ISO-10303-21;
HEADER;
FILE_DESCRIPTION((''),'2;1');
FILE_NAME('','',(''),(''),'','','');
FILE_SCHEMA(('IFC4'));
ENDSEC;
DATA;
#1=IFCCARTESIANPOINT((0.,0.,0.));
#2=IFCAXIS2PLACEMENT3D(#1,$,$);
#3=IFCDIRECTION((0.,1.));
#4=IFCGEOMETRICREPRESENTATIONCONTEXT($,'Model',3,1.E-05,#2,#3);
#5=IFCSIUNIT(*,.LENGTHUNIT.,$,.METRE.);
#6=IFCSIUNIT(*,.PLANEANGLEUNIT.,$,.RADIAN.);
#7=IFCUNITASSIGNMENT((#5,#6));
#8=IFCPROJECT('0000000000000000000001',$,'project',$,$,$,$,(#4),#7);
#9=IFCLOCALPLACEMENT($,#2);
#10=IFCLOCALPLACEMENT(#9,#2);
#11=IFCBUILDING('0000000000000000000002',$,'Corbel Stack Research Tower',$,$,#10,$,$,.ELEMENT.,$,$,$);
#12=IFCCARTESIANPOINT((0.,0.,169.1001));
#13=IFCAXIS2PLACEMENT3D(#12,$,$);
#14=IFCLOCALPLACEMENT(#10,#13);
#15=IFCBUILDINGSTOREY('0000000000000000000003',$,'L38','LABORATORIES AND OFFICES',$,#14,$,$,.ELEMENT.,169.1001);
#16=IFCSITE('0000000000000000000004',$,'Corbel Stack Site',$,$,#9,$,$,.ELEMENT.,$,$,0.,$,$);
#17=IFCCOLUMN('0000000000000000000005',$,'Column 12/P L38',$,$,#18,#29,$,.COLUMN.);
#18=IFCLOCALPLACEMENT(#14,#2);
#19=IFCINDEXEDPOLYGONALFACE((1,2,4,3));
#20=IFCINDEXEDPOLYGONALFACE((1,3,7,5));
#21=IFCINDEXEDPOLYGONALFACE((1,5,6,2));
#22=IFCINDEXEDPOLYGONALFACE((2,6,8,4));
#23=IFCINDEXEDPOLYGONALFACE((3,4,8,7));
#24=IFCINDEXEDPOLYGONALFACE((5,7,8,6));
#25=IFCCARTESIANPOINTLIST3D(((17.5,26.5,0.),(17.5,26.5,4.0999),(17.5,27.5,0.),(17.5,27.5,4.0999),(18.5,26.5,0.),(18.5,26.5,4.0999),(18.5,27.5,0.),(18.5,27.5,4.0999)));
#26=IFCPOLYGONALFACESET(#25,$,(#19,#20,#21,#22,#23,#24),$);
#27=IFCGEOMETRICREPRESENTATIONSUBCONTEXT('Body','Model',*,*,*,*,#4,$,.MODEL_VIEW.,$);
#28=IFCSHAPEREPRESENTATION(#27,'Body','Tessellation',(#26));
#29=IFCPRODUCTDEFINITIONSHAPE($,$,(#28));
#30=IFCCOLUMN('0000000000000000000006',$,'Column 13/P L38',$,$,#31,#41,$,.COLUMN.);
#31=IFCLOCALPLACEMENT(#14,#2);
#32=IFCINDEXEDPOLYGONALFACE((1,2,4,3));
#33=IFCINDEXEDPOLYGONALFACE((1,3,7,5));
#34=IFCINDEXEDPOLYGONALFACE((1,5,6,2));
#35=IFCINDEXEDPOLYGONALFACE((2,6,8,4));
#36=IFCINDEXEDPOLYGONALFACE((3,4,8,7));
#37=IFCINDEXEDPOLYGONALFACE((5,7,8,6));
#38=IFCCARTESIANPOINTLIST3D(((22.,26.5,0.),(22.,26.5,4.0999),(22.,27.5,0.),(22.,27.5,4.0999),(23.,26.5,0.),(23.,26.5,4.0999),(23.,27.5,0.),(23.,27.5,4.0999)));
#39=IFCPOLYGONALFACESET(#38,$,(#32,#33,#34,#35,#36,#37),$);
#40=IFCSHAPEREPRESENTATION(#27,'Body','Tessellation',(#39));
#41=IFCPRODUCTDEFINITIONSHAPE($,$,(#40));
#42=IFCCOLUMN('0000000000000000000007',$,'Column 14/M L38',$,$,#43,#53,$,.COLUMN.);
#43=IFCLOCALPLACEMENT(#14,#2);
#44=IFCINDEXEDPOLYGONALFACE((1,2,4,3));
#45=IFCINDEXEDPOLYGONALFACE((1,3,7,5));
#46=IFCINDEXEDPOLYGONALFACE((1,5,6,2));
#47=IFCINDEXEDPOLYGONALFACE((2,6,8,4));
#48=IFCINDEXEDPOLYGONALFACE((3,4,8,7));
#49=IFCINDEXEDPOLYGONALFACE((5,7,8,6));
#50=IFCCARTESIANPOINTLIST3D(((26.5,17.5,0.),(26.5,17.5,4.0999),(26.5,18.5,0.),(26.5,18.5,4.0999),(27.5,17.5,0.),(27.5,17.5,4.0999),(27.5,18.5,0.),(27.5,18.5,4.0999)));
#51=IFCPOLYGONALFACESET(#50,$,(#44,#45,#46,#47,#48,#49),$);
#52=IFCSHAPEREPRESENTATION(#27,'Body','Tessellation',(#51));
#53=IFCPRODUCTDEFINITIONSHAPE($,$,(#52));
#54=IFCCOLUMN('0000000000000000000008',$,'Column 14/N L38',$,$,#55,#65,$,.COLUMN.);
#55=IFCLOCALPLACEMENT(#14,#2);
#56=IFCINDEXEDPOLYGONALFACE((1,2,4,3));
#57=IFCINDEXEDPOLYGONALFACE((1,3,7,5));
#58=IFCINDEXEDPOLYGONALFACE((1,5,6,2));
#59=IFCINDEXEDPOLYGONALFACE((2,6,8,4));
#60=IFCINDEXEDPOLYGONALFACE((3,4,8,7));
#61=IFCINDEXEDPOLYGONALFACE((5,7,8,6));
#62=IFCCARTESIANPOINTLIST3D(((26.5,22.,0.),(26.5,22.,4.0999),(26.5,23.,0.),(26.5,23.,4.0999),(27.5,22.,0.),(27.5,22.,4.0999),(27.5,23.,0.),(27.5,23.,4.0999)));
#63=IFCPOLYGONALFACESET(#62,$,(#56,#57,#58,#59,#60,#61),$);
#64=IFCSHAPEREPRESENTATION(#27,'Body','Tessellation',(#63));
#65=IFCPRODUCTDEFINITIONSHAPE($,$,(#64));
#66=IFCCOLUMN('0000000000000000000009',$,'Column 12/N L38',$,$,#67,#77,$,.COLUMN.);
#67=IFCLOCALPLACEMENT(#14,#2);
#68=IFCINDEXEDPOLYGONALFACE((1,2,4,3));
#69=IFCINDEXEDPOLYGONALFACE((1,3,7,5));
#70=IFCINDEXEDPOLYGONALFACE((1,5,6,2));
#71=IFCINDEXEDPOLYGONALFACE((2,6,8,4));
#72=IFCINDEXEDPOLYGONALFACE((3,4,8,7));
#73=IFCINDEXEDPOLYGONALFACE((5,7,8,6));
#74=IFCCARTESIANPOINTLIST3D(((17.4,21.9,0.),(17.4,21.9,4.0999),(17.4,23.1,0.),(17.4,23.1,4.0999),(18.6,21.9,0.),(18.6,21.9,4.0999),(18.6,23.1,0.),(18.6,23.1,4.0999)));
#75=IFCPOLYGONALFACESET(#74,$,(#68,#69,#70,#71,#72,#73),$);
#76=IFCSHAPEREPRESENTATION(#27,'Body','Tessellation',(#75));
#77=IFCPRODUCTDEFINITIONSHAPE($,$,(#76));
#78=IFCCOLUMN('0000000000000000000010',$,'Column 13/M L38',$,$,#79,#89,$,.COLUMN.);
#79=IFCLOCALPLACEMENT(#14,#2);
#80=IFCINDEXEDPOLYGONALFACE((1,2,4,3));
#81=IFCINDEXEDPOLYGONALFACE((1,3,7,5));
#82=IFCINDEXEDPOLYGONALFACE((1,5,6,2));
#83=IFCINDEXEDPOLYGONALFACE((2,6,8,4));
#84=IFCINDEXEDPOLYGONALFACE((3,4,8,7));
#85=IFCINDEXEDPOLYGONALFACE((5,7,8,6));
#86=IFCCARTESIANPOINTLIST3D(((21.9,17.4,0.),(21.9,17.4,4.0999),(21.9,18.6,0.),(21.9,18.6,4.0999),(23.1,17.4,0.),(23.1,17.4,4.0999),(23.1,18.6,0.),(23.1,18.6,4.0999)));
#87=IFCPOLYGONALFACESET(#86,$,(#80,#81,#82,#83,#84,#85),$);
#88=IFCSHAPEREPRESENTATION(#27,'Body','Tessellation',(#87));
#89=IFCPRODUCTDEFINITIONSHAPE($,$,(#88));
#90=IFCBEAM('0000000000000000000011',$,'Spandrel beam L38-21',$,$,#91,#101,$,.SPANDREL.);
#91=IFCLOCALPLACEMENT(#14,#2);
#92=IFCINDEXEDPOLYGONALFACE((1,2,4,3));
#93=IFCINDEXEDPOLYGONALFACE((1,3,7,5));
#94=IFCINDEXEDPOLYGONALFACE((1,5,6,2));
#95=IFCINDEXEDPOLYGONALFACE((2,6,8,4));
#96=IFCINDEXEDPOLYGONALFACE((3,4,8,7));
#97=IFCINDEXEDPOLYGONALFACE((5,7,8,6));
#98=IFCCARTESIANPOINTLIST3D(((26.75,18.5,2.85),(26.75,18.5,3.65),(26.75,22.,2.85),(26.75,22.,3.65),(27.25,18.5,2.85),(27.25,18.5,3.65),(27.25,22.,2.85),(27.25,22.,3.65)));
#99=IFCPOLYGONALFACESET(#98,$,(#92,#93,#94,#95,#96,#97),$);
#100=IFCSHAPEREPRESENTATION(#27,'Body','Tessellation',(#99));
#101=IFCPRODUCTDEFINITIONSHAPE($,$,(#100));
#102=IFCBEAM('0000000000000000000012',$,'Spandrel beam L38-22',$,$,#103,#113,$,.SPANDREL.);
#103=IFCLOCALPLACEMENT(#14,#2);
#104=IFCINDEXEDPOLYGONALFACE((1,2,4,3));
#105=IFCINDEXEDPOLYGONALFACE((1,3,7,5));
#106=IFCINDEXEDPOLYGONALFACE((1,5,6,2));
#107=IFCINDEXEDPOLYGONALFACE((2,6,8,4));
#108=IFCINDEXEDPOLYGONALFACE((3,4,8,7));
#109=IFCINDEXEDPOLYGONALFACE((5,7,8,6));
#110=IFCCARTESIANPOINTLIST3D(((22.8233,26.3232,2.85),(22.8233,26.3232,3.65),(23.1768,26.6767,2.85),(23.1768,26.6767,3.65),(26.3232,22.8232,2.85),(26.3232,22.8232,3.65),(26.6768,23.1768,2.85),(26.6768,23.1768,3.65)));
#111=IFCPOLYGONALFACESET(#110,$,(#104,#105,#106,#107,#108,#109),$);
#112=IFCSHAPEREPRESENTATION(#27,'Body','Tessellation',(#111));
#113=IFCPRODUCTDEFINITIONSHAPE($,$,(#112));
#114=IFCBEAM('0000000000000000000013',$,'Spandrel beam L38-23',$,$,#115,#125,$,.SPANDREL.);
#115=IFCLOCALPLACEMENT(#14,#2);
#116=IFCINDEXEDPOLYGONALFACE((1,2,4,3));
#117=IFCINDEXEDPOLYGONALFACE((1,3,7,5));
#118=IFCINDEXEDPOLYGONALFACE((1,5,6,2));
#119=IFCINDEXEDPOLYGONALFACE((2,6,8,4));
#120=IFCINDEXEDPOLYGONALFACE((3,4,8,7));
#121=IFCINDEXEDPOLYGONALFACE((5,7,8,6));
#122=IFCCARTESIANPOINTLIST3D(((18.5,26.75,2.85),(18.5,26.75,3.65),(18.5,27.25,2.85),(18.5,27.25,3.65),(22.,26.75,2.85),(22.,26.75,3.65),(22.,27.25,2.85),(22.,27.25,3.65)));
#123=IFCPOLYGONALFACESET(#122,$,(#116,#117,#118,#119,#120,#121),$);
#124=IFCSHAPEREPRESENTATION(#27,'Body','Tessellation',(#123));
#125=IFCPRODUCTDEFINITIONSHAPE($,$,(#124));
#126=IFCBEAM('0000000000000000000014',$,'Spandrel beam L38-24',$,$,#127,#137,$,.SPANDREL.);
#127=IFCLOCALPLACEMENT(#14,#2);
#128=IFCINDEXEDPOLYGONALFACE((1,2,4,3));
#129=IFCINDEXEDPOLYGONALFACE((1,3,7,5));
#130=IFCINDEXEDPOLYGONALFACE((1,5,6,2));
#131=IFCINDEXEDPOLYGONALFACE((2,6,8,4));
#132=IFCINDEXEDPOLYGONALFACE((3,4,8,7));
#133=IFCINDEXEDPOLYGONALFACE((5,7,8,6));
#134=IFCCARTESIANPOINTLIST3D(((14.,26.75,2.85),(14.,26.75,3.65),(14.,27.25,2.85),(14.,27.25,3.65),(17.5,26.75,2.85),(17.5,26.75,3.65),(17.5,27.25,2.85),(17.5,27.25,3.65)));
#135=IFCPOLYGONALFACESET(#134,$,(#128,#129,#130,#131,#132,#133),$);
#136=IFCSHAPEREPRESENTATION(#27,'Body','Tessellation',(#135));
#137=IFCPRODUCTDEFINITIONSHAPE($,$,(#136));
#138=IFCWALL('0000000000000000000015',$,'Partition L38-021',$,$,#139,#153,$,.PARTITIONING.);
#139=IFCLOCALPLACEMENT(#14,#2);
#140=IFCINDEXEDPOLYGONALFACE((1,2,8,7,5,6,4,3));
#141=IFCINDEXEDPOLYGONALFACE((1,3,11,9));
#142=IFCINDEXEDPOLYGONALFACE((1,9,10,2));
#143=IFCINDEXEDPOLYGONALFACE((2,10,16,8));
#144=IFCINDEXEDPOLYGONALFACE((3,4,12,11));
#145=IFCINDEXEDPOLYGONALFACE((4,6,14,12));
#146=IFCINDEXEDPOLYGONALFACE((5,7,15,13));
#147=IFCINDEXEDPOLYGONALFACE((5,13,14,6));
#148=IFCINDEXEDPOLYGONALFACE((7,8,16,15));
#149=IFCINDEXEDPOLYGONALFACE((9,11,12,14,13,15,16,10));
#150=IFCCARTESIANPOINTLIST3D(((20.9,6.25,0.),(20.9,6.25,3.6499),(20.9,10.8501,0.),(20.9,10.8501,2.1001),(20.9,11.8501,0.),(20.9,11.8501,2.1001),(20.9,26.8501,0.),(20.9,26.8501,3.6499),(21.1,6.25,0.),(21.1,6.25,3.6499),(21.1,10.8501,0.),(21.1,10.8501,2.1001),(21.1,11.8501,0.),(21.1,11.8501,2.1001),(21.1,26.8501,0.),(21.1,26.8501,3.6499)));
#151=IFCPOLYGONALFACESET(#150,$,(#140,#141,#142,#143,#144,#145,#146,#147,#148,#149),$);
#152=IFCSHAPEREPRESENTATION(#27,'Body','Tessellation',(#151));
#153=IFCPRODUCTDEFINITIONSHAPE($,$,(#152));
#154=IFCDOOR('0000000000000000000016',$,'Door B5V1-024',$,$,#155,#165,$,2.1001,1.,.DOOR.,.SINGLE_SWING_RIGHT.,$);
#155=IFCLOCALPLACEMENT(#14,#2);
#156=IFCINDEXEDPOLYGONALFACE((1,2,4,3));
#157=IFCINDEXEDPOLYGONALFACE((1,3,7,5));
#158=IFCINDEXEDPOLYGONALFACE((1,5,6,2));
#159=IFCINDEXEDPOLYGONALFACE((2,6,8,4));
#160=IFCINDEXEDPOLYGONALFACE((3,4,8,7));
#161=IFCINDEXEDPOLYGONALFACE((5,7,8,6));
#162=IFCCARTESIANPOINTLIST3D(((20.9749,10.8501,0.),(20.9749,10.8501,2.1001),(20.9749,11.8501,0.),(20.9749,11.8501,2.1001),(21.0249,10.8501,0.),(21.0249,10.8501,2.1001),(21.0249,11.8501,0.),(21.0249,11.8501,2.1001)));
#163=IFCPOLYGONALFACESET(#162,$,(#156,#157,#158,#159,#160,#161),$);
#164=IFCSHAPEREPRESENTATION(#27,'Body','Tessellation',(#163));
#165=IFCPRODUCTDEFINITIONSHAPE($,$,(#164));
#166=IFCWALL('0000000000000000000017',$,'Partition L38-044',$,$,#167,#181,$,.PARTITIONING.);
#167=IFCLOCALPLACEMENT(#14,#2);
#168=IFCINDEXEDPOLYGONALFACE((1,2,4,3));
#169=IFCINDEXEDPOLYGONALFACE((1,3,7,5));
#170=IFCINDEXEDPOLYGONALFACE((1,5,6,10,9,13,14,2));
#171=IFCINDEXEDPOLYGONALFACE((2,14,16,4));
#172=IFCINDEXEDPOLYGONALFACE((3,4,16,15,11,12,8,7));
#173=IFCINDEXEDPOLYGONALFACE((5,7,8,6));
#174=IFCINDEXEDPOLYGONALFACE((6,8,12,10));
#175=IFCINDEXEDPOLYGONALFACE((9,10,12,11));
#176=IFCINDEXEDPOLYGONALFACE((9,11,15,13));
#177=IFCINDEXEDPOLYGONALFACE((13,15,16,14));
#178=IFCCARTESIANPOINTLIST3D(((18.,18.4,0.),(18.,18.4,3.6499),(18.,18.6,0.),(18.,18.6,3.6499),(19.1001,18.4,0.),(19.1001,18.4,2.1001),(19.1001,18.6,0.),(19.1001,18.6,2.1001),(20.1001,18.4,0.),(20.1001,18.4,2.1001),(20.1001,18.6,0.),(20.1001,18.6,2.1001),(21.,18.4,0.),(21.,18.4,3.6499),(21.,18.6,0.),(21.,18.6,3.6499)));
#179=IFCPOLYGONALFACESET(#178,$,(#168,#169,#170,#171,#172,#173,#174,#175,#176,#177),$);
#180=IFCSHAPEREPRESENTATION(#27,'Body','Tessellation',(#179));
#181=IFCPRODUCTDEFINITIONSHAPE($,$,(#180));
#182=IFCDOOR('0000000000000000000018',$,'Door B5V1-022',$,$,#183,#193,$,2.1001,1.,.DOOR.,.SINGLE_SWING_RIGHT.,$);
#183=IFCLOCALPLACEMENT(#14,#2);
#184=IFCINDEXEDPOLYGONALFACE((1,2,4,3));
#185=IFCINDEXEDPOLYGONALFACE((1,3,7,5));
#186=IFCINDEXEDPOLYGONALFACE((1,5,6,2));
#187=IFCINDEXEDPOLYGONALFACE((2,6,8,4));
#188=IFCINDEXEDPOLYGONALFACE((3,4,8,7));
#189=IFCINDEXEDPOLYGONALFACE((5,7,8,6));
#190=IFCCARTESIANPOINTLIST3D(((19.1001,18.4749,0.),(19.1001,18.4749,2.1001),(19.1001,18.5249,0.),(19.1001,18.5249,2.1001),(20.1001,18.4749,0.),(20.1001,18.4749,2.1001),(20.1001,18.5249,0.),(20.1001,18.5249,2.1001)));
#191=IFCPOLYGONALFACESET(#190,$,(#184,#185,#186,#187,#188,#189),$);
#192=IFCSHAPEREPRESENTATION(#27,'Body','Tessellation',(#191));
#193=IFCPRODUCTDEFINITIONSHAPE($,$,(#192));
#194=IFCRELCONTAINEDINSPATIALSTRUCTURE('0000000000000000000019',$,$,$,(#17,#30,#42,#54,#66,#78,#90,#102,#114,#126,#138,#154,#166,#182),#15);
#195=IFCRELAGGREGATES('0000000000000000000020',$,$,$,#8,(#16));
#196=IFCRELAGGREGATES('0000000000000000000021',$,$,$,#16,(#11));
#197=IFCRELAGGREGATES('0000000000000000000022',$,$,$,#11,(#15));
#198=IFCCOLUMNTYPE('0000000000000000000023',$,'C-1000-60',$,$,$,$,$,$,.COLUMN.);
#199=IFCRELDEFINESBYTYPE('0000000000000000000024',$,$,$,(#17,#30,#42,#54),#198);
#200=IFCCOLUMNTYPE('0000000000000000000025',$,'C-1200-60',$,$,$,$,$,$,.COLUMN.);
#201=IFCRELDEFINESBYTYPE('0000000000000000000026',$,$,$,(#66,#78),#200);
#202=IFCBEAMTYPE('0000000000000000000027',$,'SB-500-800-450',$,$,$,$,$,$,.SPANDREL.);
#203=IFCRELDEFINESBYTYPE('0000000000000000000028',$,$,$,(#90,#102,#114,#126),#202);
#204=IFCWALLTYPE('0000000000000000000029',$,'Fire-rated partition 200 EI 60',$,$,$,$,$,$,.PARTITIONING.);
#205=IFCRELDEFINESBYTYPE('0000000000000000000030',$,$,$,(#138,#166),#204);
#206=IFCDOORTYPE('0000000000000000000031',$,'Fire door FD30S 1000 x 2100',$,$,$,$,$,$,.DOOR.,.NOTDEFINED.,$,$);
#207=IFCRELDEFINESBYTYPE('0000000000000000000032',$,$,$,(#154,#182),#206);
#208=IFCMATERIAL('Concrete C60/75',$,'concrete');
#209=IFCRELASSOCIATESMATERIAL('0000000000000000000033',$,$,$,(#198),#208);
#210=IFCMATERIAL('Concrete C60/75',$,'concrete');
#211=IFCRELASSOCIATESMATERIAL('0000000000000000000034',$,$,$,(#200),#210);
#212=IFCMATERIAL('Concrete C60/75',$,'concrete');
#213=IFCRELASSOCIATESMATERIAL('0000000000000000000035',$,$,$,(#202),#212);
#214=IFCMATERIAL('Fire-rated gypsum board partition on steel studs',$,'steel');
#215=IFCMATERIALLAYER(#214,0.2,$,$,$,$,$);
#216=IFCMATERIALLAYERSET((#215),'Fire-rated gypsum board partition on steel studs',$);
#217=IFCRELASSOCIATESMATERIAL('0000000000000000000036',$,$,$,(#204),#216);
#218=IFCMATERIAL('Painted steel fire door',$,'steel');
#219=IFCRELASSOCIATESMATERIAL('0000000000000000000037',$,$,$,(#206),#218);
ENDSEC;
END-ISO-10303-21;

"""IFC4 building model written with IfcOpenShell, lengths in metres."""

from ifc_helpers import new_model, si_unit, direction, frame, frame_2d, origin, origin_2d, place, context, subcontext, project, spatial, rectangle, extrude, material, layer, layer_set, material_profile, profile_set, type_object, element, fill, save


model = new_model("IFC4")

# Units and contexts
model_context = context("Model", 3, precision=1e-05, world=origin(), true_north=direction((0.0, 1.0)))
body_context = subcontext(model_context, "Body", "Model", "MODEL_VIEW")
ifc_project = project(units=[si_unit("LENGTHUNIT", "METRE"), si_unit("PLANEANGLEUNIT", "RADIAN")], contexts=[model_context])

# Site, building, storey
site_placement = place(None, origin())
site = spatial("IfcSite", under=ifc_project, at=site_placement, Name="Corbel Stack Site", CompositionType="ELEMENT", RefElevation=0.0)
building_placement = place(site_placement, origin())
building = spatial("IfcBuilding", under=site, at=building_placement, Name="Corbel Stack Research Tower", CompositionType="ELEMENT")
storey_placement = place(building_placement, frame((0.0, 0.0, 169.1001)))
storey = spatial("IfcBuildingStorey", under=building, at=storey_placement, Name="L38", Description="LABORATORIES AND OFFICES", CompositionType="ELEMENT", Elevation=169.1001)

# Columns
ifc_material_1 = material(Name="Concrete C60/75", Category="concrete")
ifc_material_profile_1 = material_profile(ifc_material_1, rectangle(XDim=1.0, YDim=1.0, at=origin_2d()), Name="RC 1000 x 1000")
ifc_profile_set_1 = profile_set([ifc_material_profile_1], Name="Concrete C60/75")
column_type_1 = type_object("IfcColumnType", Name="C-1000-60", PredefinedType="COLUMN", material=ifc_profile_set_1)
for number, where, z_axis, x_axis, name in (
    (1, (18.0, 27.0, 0.0), (0.0, 0.0, 1.0), (1.0, 0.0, 0.0), "Column 12/P L38"),
    (2, (22.5, 27.0, 0.0), (0.0, 0.0, 1.0), (1.0, 0.0, 0.0), "Column 13/P L38"),
    (3, (27.0, 18.0, 0.0), (0.0, 0.0, 1.0), (1.0, 0.0, 0.0), "Column 14/M L38"),
    (4, (27.0, 22.5, 0.0), (0.0, 0.0, 1.0), (1.0, 0.0, 0.0), "Column 14/N L38"),
):
    element("IfcColumn", number, at=place(storey_placement, frame(where, z_axis=z_axis, x_axis=x_axis)), inside=storey, type_object=column_type_1, Name=name, PredefinedType="COLUMN", context=body_context, shape_type="SweptSolid", body=[
        extrude(rectangle(XDim=1.0, YDim=1.0, at=origin_2d()), origin(), (0.0, 0.0, 1.0), 4.0999),
    ])
ifc_material_2 = material(Name="Concrete C60/75", Category="concrete")
ifc_material_profile_2 = material_profile(ifc_material_2, rectangle(XDim=1.2, YDim=1.2, at=origin_2d()), Name="RC 1200 x 1200")
ifc_profile_set_2 = profile_set([ifc_material_profile_2], Name="Concrete C60/75")
column_type_2 = type_object("IfcColumnType", Name="C-1200-60", PredefinedType="COLUMN", material=ifc_profile_set_2)
for number, where, z_axis, x_axis, name in (
    (5, (18.0, 22.5, 0.0), (0.0, 0.0, 1.0), (1.0, 0.0, 0.0), "Column 12/N L38"),
    (6, (22.5, 18.0, 0.0), (0.0, 0.0, 1.0), (1.0, 0.0, 0.0), "Column 13/M L38"),
):
    element("IfcColumn", number, at=place(storey_placement, frame(where, z_axis=z_axis, x_axis=x_axis)), inside=storey, type_object=column_type_2, Name=name, PredefinedType="COLUMN", context=body_context, shape_type="SweptSolid", body=[
        extrude(rectangle(XDim=1.2, YDim=1.2, at=origin_2d()), origin(), (0.0, 0.0, 1.0), 4.0999),
    ])

# Beams
ifc_material_3 = material(Name="Concrete C60/75", Category="concrete")
ifc_material_profile_3 = material_profile(ifc_material_3, rectangle(XDim=0.5, YDim=0.8, at=origin_2d()), Name="RC 500 x 800")
ifc_profile_set_3 = profile_set([ifc_material_profile_3], Name="Concrete C60/75")
beam_type = type_object("IfcBeamType", Name="SB-500-800-450", PredefinedType="SPANDREL", material=ifc_profile_set_3)
beam_1_placement = place(storey_placement, frame((27.0, 18.5, 3.25), z_axis=(0.0, 1.0, 0.0), x_axis=(-1.0, 0.0, 0.0)))
element("IfcBeam", 7, at=beam_1_placement, inside=storey, type_object=beam_type, Name="Spandrel beam L38-21", PredefinedType="SPANDREL", context=body_context, shape_type="SweptSolid", body=[
    extrude(rectangle(XDim=0.5, YDim=0.8, at=origin_2d()), origin(), (0.0, 0.0, 1.0), 3.5),
])
beam_2_placement = place(storey_placement, frame((26.5, 23.0, 3.25), z_axis=(-0.707107, 0.707107, 0.0), x_axis=(-0.707107, -0.707107, 0.0)))
element("IfcBeam", 8, at=beam_2_placement, inside=storey, type_object=beam_type, Name="Spandrel beam L38-22", PredefinedType="SPANDREL", context=body_context, shape_type="SweptSolid", body=[
    extrude(rectangle(XDim=0.5, YDim=0.8, at=origin_2d()), origin(), (0.0, 0.0, 1.0), 4.9497),
])
for number, where, z_axis, x_axis, name in (
    (9, (22.0, 27.0, 3.25), (-1.0, 0.0, 0.0), (0.0, -1.0, 0.0), "Spandrel beam L38-23"),
    (10, (17.5, 27.0, 3.25), (-1.0, 0.0, 0.0), (0.0, -1.0, 0.0), "Spandrel beam L38-24"),
):
    element("IfcBeam", number, at=place(storey_placement, frame(where, z_axis=z_axis, x_axis=x_axis)), inside=storey, type_object=beam_type, Name=name, PredefinedType="SPANDREL", context=body_context, shape_type="SweptSolid", body=[
        extrude(rectangle(XDim=0.5, YDim=0.8, at=origin_2d()), origin(), (0.0, 0.0, 1.0), 3.5),
    ])

# Walls, openings, doors
ifc_material_4 = material(Name="Fire-rated gypsum board partition on steel studs", Category="steel")
ifc_layer_1 = layer(ifc_material_4, 0.2)
ifc_layer_set_1 = layer_set([ifc_layer_1], Name="Fire-rated gypsum board partition on steel studs")
wall_type_1 = type_object("IfcWallType", Name="Fire-rated partition 200 EI 60", PredefinedType="PARTITIONING", material=ifc_layer_set_1)
wall_1_placement = place(storey_placement, frame((21.0, 26.8501, 0.0), z_axis=(0.0, 0.0, 1.0), x_axis=(0.0, -1.0, 0.0)))
wall_1 = element("IfcWall", 11, at=wall_1_placement, inside=storey, type_object=wall_type_1, Name="Partition L38-021", PredefinedType="PARTITIONING", context=body_context, shape_type="SweptSolid", body=[
    extrude(rectangle(XDim=20.6001, YDim=0.2, at=frame_2d((10.3, 0.0))), origin(), (0.0, 0.0, 1.0), 3.6499),
])
opening_1_placement = place(wall_1_placement, frame((15.0, 0.0, 0.0)))
opening_1 = element("IfcOpeningElement", 12, at=opening_1_placement, cuts=wall_1, PredefinedType="OPENING", context=body_context, shape_type="SweptSolid", body=[
    extrude(rectangle(XDim=1.0, YDim=2.1001, at=frame_2d((0.5, 1.05))), frame((0.0, 0.1099, 0.0), z_axis=(0.0, -1.0, 0.0), x_axis=(1.0, 0.0, 0.0)), (0.0, 0.0, 1.0), 0.22),
])
ifc_material_5 = material(Name="Painted steel fire door", Category="steel")
door_type_1 = type_object("IfcDoorType", Name="Fire door FD30S 1000 x 2100", OperationType="NOTDEFINED", PredefinedType="DOOR", material=ifc_material_5)
door_1_placement = place(opening_1_placement, origin())
door_1 = element("IfcDoor", 13, at=door_1_placement, inside=storey, type_object=door_type_1, Name="Door B5V1-024", OperationType="SINGLE_SWING_RIGHT", OverallHeight=2.1001, OverallWidth=1.0, PredefinedType="DOOR", context=body_context, shape_type="SweptSolid", body=[
    extrude(rectangle(XDim=1.0, YDim=2.1001, at=frame_2d((0.5, 1.05))), frame((0.0, 0.0249, 0.0), z_axis=(0.0, -1.0, 0.0), x_axis=(1.0, 0.0, 0.0)), (0.0, 0.0, 1.0), 0.05),
])
fill(opening_1, door_1)
wall_2_placement = place(storey_placement, frame((18.0, 18.5, 0.0), z_axis=(0.0, 0.0, 1.0), x_axis=(1.0, 0.0, 0.0)))
wall_2 = element("IfcWall", 14, at=wall_2_placement, inside=storey, type_object=wall_type_1, Name="Partition L38-044", PredefinedType="PARTITIONING", context=body_context, shape_type="SweptSolid", body=[
    extrude(rectangle(XDim=3.0, YDim=0.2, at=frame_2d((1.5, 0.0))), origin(), (0.0, 0.0, 1.0), 3.6499),
])
opening_2_placement = place(wall_2_placement, frame((1.1001, 0.0, 0.0)))
opening_2 = element("IfcOpeningElement", 15, at=opening_2_placement, cuts=wall_2, PredefinedType="OPENING", context=body_context, shape_type="SweptSolid", body=[
    extrude(rectangle(XDim=1.0, YDim=2.1001, at=frame_2d((0.5, 1.05))), frame((0.0, 0.1099, 0.0), z_axis=(0.0, -1.0, 0.0), x_axis=(1.0, 0.0, 0.0)), (0.0, 0.0, 1.0), 0.22),
])
door_2_placement = place(opening_2_placement, origin())
door_2 = element("IfcDoor", 16, at=door_2_placement, inside=storey, type_object=door_type_1, Name="Door B5V1-022", OperationType="SINGLE_SWING_RIGHT", OverallHeight=2.1001, OverallWidth=1.0, PredefinedType="DOOR", context=body_context, shape_type="SweptSolid", body=[
    extrude(rectangle(XDim=1.0, YDim=2.1001, at=frame_2d((0.5, 1.05))), frame((0.0, 0.0249, 0.0), z_axis=(0.0, -1.0, 0.0), x_axis=(1.0, 0.0, 0.0)), (0.0, 0.0, 1.0), 0.05),
])
fill(opening_2, door_2)

save(model, "model.ifc")
